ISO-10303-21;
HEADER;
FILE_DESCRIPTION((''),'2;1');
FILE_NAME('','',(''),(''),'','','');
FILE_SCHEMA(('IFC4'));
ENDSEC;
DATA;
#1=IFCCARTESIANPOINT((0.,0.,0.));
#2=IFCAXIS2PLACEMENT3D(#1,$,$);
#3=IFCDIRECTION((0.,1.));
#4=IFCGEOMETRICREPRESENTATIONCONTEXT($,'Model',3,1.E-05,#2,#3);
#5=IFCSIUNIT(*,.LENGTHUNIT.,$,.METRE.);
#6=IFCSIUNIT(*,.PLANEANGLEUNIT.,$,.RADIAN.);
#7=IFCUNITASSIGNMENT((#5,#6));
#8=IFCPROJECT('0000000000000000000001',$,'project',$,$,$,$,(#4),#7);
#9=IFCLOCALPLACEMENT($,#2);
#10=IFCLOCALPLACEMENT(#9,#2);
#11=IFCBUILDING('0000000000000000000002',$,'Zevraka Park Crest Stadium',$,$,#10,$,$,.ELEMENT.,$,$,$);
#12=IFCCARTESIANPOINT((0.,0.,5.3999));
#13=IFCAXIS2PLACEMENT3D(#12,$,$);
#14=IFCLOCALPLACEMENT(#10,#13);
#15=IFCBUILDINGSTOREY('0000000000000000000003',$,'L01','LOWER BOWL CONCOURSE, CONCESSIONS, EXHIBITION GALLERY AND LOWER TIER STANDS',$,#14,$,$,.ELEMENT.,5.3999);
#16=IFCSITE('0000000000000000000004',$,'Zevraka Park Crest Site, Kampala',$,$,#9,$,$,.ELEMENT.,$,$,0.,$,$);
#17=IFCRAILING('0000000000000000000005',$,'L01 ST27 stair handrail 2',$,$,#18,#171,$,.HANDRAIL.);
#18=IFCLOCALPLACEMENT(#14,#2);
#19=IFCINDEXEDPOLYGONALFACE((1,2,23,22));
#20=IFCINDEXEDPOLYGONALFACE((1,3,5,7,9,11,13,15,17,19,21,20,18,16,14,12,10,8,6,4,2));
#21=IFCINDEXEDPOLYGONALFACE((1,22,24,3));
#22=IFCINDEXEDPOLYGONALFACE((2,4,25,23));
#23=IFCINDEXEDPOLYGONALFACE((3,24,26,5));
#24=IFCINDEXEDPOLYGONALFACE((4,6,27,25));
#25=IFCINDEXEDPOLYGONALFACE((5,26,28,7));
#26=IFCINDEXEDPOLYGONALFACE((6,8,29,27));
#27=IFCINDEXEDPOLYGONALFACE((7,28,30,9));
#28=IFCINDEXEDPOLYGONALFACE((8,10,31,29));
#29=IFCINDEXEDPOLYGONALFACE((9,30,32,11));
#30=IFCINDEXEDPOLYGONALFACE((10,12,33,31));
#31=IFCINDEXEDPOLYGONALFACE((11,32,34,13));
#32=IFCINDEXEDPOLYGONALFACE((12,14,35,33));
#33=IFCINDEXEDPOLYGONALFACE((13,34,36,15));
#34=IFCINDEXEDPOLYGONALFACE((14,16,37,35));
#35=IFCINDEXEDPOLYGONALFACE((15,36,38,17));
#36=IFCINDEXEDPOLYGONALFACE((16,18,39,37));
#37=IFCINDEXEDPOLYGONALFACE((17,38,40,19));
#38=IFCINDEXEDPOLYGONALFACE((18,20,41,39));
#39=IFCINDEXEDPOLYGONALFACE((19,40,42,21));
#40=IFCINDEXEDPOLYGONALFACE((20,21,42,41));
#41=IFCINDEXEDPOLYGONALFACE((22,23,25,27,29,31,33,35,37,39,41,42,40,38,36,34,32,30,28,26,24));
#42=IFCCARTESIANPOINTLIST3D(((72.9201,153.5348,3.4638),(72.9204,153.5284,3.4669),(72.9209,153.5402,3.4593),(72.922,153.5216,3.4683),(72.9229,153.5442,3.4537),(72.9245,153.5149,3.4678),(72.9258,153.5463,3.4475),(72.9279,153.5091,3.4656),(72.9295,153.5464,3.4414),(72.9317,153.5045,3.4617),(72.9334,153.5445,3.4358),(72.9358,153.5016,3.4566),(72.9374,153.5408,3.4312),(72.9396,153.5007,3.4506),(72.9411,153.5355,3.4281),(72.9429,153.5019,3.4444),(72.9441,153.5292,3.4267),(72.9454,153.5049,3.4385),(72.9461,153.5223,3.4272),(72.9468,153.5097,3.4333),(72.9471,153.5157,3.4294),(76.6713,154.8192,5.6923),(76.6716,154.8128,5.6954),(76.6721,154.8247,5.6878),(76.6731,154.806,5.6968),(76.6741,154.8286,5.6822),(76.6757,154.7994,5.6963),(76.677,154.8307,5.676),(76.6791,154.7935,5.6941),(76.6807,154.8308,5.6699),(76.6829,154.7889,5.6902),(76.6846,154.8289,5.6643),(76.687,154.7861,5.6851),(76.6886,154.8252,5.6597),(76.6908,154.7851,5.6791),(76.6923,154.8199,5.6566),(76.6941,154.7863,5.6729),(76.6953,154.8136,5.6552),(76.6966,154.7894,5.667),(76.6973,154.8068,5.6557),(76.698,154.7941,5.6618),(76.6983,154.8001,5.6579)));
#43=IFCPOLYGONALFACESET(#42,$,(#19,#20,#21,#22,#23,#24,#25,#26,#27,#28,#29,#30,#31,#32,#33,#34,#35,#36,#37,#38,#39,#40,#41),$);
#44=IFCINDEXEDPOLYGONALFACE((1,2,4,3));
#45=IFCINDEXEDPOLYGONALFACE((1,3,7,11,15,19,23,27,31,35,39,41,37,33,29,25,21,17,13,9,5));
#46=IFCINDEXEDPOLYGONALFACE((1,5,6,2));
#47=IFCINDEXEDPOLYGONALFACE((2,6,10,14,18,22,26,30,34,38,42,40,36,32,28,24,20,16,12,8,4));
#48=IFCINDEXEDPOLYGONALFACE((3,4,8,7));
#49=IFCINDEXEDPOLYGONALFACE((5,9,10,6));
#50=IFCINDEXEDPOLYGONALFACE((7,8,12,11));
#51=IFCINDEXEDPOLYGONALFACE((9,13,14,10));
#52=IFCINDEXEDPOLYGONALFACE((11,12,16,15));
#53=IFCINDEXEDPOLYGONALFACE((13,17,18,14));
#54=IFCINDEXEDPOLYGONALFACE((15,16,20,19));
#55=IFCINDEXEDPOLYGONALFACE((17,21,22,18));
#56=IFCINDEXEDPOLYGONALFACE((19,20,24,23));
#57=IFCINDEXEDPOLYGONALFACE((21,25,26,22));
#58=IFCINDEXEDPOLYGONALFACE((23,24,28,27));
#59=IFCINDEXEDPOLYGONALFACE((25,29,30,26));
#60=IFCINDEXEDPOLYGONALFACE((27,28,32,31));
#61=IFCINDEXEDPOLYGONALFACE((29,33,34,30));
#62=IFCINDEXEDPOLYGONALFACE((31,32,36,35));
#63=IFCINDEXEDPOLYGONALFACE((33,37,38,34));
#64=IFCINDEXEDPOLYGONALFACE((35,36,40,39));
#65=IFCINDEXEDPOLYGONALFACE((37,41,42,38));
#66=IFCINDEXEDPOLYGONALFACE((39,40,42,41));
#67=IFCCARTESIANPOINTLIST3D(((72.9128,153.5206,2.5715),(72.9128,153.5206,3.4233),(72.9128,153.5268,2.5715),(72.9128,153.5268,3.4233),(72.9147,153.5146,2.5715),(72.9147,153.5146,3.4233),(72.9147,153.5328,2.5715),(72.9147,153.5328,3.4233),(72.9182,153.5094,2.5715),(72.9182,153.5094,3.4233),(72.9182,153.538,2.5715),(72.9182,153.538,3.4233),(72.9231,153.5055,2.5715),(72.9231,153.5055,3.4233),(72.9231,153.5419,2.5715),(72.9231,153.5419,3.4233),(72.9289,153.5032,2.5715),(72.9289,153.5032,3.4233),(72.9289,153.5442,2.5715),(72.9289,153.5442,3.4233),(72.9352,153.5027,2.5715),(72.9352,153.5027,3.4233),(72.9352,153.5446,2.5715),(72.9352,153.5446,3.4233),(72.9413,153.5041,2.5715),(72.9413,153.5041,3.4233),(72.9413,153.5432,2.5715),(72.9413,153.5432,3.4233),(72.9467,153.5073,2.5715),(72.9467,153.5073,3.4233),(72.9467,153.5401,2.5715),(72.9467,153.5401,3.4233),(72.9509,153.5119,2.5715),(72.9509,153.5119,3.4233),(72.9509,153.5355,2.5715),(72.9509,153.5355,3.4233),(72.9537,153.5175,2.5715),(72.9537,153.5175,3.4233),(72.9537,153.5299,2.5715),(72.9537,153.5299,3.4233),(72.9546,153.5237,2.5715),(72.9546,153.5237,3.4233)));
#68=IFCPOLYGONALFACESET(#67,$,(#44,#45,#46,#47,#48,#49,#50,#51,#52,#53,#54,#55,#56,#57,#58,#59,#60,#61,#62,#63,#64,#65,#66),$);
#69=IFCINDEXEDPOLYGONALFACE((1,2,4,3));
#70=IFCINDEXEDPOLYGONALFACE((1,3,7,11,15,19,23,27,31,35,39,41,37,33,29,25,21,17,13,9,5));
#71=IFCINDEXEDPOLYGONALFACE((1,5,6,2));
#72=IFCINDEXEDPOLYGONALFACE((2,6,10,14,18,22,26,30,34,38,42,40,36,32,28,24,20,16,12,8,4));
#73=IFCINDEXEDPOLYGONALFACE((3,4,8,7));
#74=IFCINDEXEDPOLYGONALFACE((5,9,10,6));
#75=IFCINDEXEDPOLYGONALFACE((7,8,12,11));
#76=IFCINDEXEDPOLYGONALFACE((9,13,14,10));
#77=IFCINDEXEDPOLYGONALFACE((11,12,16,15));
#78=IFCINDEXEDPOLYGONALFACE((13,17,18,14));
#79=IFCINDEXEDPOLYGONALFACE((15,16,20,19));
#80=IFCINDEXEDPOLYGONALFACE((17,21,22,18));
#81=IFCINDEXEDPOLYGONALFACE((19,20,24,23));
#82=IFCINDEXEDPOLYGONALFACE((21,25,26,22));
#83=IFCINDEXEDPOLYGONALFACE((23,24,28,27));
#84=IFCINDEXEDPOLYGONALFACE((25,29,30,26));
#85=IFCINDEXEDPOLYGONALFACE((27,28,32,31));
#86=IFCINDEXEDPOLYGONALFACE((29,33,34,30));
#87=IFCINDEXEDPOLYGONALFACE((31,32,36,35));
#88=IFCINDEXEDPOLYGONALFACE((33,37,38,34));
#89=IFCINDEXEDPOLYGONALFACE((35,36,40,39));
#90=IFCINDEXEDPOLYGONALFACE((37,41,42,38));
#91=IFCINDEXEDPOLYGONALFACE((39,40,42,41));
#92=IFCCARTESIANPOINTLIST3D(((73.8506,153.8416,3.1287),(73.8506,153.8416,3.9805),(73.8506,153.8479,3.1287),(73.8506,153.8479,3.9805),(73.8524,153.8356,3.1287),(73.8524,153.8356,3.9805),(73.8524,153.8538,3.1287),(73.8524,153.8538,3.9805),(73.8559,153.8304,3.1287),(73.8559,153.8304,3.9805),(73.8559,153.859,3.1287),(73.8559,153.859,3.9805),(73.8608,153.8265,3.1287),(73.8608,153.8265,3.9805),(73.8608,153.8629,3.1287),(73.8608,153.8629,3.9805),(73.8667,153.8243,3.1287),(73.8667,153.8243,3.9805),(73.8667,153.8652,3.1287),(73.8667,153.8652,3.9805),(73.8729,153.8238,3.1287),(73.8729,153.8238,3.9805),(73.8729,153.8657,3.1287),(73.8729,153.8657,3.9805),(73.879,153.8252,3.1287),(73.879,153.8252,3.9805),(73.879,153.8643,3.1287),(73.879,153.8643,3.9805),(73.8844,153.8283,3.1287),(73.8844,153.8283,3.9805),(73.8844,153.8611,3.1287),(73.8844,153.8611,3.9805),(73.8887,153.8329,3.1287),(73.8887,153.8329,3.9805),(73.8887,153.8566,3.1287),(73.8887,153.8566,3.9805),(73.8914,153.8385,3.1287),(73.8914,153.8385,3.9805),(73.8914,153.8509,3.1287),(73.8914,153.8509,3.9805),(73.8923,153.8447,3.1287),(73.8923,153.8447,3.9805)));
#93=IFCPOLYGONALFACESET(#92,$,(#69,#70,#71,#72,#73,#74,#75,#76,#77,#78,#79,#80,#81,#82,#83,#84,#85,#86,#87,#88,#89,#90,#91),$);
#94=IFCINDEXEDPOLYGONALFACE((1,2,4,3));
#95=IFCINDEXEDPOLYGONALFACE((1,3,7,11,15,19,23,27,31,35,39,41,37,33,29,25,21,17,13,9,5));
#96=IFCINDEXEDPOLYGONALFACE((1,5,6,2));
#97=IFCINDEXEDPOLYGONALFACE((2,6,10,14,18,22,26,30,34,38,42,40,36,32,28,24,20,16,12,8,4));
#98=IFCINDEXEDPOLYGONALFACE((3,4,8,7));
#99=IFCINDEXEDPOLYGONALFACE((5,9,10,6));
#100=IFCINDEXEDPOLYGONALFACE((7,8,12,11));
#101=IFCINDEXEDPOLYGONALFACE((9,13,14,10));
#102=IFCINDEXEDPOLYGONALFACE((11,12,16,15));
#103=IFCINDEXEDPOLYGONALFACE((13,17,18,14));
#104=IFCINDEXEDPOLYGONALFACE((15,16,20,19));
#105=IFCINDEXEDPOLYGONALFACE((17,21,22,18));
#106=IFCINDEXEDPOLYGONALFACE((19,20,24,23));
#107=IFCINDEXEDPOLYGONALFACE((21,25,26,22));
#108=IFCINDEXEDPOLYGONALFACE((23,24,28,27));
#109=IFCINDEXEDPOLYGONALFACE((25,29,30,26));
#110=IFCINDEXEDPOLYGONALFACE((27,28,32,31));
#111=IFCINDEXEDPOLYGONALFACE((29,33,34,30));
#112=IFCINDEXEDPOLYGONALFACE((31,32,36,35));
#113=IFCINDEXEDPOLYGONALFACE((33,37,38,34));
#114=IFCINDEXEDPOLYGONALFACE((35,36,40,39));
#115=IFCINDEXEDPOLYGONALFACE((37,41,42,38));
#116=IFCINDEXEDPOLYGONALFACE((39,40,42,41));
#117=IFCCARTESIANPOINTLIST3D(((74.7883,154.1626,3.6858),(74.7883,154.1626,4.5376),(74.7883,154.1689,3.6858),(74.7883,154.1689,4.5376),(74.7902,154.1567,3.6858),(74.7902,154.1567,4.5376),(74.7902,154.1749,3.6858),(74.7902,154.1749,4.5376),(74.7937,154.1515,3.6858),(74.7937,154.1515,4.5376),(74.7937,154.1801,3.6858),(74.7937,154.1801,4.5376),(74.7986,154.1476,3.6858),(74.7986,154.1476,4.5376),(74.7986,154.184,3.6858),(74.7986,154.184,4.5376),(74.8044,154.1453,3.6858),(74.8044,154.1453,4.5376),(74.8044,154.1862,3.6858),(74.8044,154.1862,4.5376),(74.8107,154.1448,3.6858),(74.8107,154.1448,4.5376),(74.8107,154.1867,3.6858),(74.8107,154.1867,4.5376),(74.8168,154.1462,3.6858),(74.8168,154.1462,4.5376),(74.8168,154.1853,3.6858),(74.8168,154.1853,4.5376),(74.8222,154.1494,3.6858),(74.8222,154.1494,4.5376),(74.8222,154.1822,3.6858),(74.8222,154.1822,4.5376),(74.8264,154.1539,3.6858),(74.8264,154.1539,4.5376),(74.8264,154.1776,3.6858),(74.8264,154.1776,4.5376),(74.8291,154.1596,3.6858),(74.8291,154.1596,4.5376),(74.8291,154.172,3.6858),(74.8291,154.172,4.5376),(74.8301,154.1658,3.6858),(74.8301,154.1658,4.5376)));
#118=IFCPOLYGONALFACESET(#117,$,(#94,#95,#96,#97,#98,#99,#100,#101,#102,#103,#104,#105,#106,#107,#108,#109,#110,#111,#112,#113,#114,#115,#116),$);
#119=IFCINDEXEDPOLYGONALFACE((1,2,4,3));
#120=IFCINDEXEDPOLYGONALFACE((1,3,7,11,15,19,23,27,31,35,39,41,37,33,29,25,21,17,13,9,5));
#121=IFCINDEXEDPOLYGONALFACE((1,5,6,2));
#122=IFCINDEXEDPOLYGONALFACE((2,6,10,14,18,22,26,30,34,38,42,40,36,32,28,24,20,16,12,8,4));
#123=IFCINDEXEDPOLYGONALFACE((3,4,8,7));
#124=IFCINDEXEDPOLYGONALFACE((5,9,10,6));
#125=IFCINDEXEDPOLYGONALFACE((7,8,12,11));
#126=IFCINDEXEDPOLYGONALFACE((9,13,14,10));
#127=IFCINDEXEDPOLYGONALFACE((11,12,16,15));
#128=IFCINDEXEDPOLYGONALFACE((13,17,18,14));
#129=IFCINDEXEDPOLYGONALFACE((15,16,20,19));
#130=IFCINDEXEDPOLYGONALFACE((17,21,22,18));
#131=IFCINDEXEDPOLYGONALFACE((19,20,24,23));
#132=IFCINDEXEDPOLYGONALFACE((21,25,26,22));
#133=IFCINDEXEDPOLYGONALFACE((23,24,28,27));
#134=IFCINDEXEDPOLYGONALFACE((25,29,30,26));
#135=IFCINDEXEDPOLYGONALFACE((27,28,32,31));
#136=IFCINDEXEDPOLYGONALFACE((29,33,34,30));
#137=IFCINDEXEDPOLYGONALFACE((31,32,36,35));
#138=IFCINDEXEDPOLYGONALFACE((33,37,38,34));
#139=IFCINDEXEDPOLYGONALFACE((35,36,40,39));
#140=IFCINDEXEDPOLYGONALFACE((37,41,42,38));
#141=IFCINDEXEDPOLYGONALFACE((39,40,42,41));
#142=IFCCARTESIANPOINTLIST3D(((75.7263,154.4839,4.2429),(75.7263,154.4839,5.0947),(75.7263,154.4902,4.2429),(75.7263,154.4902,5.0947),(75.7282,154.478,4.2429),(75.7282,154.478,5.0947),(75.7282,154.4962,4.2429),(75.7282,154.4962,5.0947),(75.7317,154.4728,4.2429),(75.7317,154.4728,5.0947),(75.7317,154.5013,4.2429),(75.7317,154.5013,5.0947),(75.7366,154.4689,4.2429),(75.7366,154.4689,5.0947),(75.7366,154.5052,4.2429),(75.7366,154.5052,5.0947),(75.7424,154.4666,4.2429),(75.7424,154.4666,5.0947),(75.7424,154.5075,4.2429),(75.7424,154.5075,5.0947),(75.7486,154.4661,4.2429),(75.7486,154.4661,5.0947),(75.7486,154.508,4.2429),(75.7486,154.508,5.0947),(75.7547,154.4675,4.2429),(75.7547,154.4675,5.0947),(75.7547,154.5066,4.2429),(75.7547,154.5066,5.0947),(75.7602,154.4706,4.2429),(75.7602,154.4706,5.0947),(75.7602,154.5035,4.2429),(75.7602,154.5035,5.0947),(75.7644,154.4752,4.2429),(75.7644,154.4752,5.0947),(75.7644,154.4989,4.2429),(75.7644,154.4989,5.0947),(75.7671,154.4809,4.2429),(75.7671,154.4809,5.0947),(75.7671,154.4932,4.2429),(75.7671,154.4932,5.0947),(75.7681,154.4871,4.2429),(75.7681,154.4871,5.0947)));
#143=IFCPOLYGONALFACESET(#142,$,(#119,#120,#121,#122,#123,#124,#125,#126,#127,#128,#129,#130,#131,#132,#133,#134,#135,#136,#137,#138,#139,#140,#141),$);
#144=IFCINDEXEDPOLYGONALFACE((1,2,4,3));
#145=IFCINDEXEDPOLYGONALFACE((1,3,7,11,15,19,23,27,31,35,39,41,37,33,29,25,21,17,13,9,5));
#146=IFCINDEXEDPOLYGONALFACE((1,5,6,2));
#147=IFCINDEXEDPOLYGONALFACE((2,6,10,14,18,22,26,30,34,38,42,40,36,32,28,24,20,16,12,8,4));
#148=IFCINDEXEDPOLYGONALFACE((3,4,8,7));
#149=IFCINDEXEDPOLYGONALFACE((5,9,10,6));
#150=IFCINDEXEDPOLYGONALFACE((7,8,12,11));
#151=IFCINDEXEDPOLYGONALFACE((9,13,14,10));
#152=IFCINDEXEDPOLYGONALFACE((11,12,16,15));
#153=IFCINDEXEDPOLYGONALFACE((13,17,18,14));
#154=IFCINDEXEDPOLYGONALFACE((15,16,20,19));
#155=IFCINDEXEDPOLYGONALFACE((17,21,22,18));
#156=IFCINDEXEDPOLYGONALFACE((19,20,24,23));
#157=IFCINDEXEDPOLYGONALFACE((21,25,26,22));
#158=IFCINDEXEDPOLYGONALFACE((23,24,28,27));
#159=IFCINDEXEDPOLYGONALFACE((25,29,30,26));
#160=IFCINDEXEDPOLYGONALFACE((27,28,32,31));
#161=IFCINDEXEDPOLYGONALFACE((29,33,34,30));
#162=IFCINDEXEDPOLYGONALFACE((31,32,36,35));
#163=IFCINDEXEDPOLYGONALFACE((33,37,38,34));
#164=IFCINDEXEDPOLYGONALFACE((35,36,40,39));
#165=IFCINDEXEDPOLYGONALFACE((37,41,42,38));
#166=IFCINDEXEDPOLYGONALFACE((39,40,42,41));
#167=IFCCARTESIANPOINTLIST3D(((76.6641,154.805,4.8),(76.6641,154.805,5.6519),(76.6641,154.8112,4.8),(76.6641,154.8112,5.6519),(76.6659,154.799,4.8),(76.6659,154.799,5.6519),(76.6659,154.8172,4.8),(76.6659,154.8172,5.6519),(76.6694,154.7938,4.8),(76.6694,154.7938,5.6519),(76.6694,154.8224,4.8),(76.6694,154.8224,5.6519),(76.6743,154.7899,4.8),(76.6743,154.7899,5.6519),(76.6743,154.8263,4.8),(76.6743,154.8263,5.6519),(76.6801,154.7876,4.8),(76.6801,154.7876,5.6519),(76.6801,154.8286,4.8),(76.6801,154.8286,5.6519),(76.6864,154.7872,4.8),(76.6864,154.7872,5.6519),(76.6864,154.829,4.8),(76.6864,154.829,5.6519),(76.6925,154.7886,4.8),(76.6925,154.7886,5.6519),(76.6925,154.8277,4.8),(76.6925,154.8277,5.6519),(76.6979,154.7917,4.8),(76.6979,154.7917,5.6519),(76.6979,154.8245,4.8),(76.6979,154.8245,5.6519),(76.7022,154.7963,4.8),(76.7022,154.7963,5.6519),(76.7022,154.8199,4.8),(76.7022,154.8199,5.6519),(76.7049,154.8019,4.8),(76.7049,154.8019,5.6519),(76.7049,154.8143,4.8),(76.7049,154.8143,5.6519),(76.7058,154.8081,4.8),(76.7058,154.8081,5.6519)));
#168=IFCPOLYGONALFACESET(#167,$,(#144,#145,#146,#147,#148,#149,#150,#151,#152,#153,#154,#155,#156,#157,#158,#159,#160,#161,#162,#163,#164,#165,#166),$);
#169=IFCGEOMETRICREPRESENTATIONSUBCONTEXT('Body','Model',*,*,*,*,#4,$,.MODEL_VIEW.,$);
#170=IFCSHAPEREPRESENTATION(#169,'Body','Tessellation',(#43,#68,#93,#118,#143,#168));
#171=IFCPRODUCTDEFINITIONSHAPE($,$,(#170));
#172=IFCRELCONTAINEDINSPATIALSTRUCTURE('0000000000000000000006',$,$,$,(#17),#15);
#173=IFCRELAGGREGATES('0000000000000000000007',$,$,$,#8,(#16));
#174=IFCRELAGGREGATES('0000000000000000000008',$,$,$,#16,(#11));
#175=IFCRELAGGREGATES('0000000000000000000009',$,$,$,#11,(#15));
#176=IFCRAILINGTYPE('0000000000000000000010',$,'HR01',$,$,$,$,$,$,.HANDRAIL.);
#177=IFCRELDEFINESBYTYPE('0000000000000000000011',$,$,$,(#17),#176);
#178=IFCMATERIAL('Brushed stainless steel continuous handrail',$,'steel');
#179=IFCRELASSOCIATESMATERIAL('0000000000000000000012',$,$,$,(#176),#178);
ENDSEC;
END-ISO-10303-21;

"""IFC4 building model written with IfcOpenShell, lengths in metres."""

from ifc_helpers import new_model, si_unit, direction, frame, origin, origin_2d, place, context, subcontext, project, spatial, circle, extrude, material, type_object, element, save


model = new_model("IFC4")

# Units and contexts
model_context = context("Model", 3, precision=1e-05, world=origin(), true_north=direction((0.0, 1.0)))
body_context = subcontext(model_context, "Body", "Model", "MODEL_VIEW")
ifc_project = project(units=[si_unit("LENGTHUNIT", "METRE"), si_unit("PLANEANGLEUNIT", "RADIAN")], contexts=[model_context])

# Site, building, storey
site_placement = place(None, origin())
site = spatial("IfcSite", under=ifc_project, at=site_placement, Name="Zevraka Park Crest Site, Kampala", CompositionType="ELEMENT", RefElevation=0.0)
building_placement = place(site_placement, origin())
building = spatial("IfcBuilding", under=site, at=building_placement, Name="Zevraka Park Crest Stadium", CompositionType="ELEMENT")
storey_placement = place(building_placement, frame((0.0, 0.0, 5.3999)))
storey = spatial("IfcBuildingStorey", under=building, at=storey_placement, Name="L01", Description="LOWER BOWL CONCOURSE, CONCESSIONS, EXHIBITION GALLERY AND LOWER TIER STANDS", CompositionType="ELEMENT", Elevation=5.3999)

# Railing
ifc_material_1 = material(Name="Brushed stainless steel continuous handrail", Category="steel")
railing_type_1 = type_object("IfcRailingType", Name="HR01", PredefinedType="HANDRAIL", material=ifc_material_1)
railing_1_placement = place(storey_placement, frame((72.9336, 153.5237, 2.5715)))
element("IfcRailing", 1, at=railing_1_placement, inside=storey, type_object=railing_type_1, Name="L01 ST27 stair handrail 2", PredefinedType="HANDRAIL", context=body_context, shape_type="SweptSolid", body=[
    extrude(circle(Radius=0.0239, at=origin_2d()), frame((0.0, 0.0, 0.876), z_axis=(0.824739, 0.282392, 0.489959), x_axis=(-0.323939, 0.946078, 0.0)), (0.0, 0.0, 1.0), 4.5483),
    extrude(circle(Radius=0.021, at=origin_2d()), origin(), (0.0, 0.0, 1.0), 0.8518),
    extrude(circle(Radius=0.021, at=origin_2d()), frame((0.9377, 0.321, 0.5571)), (0.0, 0.0, 1.0), 0.8518),
    extrude(circle(Radius=0.021, at=origin_2d()), frame((1.8755, 0.6421, 1.1143)), (0.0, 0.0, 1.0), 0.8518),
    extrude(circle(Radius=0.021, at=origin_2d()), frame((2.8135, 0.9634, 1.6714)), (0.0, 0.0, 1.0), 0.8518),
    extrude(circle(Radius=0.021, at=origin_2d()), frame((3.7512, 1.2844, 2.2285)), (0.0, 0.0, 1.0), 0.8518),
])

save(model, "model.ifc")
